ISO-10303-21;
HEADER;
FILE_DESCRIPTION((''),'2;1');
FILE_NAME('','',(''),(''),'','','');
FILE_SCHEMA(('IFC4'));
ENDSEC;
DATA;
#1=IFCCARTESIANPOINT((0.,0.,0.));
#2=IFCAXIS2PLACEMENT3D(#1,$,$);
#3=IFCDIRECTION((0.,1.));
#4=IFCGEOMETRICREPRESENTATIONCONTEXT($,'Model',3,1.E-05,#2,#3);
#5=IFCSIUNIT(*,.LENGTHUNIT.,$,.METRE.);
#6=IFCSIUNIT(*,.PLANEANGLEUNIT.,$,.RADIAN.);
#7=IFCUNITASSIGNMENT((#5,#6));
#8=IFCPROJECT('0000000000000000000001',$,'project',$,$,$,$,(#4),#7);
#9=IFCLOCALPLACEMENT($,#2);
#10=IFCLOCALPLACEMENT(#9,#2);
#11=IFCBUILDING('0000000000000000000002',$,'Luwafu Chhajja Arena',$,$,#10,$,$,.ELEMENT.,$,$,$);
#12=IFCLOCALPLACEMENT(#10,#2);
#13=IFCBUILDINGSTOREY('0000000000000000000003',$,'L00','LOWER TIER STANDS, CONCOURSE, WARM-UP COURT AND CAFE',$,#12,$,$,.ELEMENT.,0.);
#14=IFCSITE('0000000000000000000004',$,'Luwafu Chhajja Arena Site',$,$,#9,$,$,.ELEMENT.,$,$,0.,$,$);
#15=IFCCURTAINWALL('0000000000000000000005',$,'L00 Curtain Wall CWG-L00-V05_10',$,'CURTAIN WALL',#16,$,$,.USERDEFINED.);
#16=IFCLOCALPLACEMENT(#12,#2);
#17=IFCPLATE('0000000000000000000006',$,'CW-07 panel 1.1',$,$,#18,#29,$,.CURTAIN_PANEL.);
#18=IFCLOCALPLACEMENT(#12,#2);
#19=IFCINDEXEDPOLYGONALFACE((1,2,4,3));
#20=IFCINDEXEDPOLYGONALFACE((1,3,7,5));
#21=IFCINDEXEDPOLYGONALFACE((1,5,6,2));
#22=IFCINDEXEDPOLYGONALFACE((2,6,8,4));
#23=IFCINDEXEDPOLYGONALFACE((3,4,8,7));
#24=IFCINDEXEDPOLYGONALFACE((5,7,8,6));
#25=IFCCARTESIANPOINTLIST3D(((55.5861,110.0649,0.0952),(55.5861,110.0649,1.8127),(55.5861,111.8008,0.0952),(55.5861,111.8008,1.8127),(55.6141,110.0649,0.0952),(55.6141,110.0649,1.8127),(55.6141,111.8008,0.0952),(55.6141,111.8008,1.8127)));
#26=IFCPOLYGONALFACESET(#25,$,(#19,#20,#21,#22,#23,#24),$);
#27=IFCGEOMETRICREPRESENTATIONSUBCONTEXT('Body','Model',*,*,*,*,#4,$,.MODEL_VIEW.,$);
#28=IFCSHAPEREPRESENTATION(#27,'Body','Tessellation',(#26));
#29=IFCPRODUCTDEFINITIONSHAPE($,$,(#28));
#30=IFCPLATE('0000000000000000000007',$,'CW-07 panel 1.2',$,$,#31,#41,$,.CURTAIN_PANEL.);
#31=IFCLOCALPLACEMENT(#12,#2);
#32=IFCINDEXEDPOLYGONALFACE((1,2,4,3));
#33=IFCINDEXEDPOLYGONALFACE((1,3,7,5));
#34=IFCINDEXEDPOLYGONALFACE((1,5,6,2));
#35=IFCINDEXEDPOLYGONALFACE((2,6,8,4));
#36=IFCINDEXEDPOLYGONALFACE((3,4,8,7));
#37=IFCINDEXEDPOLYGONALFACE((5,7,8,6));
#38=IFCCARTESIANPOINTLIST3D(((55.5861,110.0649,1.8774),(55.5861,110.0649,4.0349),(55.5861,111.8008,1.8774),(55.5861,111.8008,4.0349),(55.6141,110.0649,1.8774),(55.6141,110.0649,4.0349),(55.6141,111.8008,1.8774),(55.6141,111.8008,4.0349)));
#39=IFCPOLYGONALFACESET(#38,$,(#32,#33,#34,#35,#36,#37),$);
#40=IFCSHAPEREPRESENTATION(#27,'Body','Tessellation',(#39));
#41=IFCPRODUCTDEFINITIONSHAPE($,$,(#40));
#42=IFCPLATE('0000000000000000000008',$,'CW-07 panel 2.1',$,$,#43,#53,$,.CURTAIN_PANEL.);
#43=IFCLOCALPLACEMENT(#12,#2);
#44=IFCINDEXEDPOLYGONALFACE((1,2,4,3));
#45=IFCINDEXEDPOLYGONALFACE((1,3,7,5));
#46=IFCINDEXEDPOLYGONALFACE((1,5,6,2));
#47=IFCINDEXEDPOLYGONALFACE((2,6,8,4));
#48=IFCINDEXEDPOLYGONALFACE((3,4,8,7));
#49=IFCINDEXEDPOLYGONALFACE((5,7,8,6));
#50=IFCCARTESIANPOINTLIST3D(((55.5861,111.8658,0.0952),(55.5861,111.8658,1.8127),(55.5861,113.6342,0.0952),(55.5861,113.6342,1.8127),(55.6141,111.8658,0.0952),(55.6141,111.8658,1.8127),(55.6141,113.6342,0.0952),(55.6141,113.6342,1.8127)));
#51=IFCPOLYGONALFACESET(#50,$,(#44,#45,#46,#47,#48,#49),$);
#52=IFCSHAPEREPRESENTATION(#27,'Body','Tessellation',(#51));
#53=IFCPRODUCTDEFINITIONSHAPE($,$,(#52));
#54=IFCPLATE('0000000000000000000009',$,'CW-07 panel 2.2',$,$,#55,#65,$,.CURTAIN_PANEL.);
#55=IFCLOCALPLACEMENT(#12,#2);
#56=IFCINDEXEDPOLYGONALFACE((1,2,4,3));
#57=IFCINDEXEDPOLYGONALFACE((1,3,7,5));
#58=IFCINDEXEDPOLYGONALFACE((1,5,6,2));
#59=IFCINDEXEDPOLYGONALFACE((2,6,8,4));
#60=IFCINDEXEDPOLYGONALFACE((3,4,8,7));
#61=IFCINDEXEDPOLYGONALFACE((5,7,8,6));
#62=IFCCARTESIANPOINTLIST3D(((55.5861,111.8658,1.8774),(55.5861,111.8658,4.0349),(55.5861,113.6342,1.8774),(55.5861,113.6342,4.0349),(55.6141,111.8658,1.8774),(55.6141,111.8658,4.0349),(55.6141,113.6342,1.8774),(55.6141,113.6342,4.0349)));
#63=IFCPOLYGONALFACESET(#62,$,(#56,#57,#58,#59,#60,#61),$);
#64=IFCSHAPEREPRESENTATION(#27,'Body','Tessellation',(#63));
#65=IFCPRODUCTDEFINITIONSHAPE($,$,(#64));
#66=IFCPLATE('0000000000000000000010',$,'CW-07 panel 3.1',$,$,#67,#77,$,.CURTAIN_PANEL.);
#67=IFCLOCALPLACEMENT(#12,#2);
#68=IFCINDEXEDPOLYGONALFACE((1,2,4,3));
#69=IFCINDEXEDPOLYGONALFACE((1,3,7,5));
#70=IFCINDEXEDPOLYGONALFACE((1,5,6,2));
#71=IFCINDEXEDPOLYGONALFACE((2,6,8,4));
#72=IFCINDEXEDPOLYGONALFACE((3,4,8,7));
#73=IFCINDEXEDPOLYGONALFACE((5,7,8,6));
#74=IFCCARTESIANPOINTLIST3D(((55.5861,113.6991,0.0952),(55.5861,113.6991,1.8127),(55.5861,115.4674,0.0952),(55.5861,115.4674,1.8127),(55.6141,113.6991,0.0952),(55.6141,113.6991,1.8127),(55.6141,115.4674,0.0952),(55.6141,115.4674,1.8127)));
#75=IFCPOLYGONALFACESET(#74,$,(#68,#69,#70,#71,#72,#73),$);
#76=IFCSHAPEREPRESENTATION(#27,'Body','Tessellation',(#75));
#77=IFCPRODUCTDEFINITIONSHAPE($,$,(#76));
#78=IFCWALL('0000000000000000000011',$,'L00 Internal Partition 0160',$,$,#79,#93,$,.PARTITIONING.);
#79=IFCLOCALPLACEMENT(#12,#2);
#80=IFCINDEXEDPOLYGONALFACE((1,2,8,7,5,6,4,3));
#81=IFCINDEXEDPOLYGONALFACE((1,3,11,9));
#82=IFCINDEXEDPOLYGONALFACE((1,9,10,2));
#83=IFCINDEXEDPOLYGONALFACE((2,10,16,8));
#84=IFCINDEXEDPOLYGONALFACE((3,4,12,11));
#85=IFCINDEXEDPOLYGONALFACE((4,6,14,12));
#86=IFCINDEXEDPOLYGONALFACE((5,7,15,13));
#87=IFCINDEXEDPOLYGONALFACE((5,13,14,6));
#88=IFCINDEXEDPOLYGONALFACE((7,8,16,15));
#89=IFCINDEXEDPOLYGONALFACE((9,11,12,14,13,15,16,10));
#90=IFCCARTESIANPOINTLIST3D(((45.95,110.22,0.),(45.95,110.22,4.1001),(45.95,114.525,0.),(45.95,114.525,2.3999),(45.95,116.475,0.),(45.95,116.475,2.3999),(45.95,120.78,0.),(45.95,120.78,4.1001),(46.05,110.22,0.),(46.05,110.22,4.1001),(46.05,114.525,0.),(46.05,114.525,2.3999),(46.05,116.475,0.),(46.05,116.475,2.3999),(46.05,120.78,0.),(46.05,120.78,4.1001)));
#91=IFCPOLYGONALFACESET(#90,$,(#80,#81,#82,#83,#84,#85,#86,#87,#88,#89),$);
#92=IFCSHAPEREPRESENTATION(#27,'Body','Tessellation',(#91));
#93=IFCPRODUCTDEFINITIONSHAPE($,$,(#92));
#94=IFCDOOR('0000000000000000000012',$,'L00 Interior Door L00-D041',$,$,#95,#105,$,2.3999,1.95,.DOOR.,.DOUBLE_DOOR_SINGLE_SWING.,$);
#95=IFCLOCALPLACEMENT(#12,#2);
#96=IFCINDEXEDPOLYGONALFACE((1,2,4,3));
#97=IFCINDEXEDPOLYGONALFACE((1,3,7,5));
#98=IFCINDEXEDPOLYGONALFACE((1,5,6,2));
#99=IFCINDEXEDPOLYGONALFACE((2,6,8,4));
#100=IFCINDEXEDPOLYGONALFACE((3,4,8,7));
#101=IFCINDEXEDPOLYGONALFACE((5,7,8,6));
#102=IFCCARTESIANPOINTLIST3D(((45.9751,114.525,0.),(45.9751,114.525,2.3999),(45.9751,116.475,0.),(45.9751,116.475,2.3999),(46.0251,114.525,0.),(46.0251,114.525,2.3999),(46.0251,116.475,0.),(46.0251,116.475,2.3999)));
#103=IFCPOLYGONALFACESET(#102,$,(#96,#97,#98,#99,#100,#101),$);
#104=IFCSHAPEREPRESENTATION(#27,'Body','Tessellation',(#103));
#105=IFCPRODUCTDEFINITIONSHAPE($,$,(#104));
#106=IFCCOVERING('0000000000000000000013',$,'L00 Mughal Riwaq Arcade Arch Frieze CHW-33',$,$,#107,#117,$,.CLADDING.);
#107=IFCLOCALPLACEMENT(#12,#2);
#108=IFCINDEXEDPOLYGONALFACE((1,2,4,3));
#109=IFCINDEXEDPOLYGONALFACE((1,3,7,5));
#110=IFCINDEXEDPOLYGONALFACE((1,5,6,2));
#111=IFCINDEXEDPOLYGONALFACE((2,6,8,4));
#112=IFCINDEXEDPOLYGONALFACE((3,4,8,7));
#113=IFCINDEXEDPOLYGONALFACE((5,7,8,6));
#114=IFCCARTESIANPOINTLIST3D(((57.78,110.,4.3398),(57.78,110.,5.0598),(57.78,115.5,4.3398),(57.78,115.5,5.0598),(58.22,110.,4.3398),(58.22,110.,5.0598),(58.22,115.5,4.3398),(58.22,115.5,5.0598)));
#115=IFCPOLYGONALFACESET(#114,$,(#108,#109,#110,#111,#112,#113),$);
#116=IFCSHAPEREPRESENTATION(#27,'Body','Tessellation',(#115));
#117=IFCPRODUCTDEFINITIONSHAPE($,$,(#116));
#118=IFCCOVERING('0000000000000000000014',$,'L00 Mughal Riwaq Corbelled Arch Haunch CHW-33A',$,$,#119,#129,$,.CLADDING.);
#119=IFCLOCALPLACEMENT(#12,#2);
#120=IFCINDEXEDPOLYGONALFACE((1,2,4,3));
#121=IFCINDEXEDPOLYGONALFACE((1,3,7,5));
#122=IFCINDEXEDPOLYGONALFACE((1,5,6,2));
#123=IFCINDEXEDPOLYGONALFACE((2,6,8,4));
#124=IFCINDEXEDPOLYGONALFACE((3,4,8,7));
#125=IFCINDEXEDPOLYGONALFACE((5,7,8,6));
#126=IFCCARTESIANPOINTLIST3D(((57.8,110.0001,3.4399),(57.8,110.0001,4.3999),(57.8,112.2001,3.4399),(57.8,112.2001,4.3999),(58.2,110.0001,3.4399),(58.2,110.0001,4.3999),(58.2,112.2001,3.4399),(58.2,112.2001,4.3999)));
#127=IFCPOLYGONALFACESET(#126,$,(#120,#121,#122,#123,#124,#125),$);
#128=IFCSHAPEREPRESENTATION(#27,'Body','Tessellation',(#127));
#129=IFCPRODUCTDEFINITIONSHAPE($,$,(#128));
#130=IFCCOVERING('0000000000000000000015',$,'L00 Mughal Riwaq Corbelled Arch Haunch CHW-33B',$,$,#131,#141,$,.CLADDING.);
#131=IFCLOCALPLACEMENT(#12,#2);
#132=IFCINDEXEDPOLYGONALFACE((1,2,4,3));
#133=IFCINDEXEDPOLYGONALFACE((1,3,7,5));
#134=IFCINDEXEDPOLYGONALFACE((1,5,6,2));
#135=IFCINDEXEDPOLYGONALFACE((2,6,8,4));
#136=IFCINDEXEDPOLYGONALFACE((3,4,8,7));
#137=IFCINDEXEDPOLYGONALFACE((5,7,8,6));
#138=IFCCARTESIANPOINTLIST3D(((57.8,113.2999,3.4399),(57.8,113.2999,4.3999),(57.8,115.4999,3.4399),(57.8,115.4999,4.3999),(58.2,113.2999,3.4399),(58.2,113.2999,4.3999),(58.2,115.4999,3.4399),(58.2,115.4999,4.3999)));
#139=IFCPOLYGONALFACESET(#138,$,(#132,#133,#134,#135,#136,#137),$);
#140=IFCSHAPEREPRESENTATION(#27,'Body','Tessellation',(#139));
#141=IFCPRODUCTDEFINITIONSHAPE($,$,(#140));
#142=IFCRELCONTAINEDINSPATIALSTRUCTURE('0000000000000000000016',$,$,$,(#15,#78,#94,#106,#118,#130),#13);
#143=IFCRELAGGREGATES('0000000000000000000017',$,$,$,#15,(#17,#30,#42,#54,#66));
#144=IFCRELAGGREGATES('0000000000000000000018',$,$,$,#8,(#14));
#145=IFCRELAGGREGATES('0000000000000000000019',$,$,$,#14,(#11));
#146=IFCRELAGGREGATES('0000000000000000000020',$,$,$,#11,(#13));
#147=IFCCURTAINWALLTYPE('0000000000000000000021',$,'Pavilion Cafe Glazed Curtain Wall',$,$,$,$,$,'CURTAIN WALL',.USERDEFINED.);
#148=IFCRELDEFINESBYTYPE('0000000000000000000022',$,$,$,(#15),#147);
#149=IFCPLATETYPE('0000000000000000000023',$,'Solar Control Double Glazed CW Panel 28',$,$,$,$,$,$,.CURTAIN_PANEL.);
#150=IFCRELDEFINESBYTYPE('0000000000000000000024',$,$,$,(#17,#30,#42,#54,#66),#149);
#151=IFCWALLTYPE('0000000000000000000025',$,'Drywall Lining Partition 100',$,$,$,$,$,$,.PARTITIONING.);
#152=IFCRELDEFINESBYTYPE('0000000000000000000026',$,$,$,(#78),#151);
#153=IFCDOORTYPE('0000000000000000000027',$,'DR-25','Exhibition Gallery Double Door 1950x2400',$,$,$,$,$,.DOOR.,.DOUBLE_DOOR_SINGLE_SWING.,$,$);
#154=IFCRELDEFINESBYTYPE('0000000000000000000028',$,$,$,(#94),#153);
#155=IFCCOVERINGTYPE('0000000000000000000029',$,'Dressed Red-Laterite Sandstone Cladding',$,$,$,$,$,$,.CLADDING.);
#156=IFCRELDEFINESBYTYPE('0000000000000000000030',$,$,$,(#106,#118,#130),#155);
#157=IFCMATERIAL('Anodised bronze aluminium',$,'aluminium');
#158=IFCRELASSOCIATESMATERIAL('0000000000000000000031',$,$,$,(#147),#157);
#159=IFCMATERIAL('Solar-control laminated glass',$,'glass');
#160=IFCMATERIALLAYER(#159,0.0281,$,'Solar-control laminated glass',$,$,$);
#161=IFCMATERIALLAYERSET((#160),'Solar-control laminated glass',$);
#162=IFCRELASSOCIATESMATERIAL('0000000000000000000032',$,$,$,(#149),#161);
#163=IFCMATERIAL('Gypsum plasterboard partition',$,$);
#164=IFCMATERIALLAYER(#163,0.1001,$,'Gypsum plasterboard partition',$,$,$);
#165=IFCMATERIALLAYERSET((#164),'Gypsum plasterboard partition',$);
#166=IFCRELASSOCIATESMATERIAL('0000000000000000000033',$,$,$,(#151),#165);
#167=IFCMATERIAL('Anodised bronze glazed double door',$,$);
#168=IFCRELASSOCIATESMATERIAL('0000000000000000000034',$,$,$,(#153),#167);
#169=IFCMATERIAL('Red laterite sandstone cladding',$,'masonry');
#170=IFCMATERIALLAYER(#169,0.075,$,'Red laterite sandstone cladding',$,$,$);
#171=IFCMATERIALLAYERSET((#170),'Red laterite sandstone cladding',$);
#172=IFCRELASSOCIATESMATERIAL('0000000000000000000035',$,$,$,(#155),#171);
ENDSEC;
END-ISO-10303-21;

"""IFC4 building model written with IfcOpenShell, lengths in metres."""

from ifc_helpers import new_model, si_unit, direction, frame, frame_2d, origin, origin_2d, place, context, subcontext, project, spatial, rectangle, extrude, material, layer, layer_set, type_object, element, fill, aggregate, save


model = new_model("IFC4")

# Units and contexts
model_context = context("Model", 3, precision=1e-05, world=origin(), true_north=direction((0.0, 1.0)))
body_context = subcontext(model_context, "Body", "Model", "MODEL_VIEW")
ifc_project = project(units=[si_unit("LENGTHUNIT", "METRE"), si_unit("PLANEANGLEUNIT", "RADIAN")], contexts=[model_context])

# Site, building, storey
site_placement = place(None, origin())
site = spatial("IfcSite", under=ifc_project, at=site_placement, Name="Luwafu Chhajja Arena Site", CompositionType="ELEMENT", RefElevation=0.0)
building_placement = place(site_placement, origin())
building = spatial("IfcBuilding", under=site, at=building_placement, Name="Luwafu Chhajja Arena", CompositionType="ELEMENT")
storey_placement = place(building_placement, origin())
storey = spatial("IfcBuildingStorey", under=building, at=storey_placement, Name="L00", Description="LOWER TIER STANDS, CONCOURSE, WARM-UP COURT AND CAFE", CompositionType="ELEMENT", Elevation=0.0)

# Curtain wall
ifc_material_1 = material(Name="Anodised bronze aluminium", Category="aluminium")
curtain_wall_type = type_object("IfcCurtainWallType", Name="Pavilion Cafe Glazed Curtain Wall", ElementType="CURTAIN WALL", PredefinedType="USERDEFINED", material=ifc_material_1)
curtain_wall_placement = place(storey_placement, origin())
curtain_wall = element("IfcCurtainWall", 1, at=curtain_wall_placement, inside=storey, type_object=curtain_wall_type, Name="L00 Curtain Wall CWG-L00-V05_10", ObjectType="CURTAIN WALL", PredefinedType="USERDEFINED")

# Plates
ifc_material_2 = material(Name="Solar-control laminated glass", Category="glass")
ifc_layer_1 = layer(ifc_material_2, 0.0281, Name="Solar-control laminated glass")
ifc_layer_set_1 = layer_set([ifc_layer_1], Name="Solar-control laminated glass")
plate_type = type_object("IfcPlateType", Name="Solar Control Double Glazed CW Panel 28", PredefinedType="CURTAIN_PANEL", material=ifc_layer_set_1)
plate_1_placement = place(storey_placement, frame((55.6001, 110.9329, 0.0952), z_axis=(0.0, 0.0, 1.0), x_axis=(0.0, 1.0, 0.0)))
plate_1 = element("IfcPlate", 2, at=plate_1_placement, type_object=plate_type, Name="CW-07 panel 1.1", PredefinedType="CURTAIN_PANEL", context=body_context, shape_type="SweptSolid", body=[
    extrude(rectangle(XDim=1.7358, YDim=0.0281, at=origin_2d()), origin(), (0.0, 0.0, 1.0), 1.7175),
])
plate_2_placement = place(storey_placement, frame((55.6001, 110.9329, 1.8774), z_axis=(0.0, 0.0, 1.0), x_axis=(0.0, 1.0, 0.0)))
plate_2 = element("IfcPlate", 3, at=plate_2_placement, type_object=plate_type, Name="CW-07 panel 1.2", PredefinedType="CURTAIN_PANEL", context=body_context, shape_type="SweptSolid", body=[
    extrude(rectangle(XDim=1.7358, YDim=0.0281, at=origin_2d()), origin(), (0.0, 0.0, 1.0), 2.1575),
])
plate_3_placement = place(storey_placement, frame((55.6001, 112.75, 0.0952), z_axis=(0.0, 0.0, 1.0), x_axis=(0.0, 1.0, 0.0)))
plate_3 = element("IfcPlate", 4, at=plate_3_placement, type_object=plate_type, Name="CW-07 panel 2.1", PredefinedType="CURTAIN_PANEL", context=body_context, shape_type="SweptSolid", body=[
    extrude(rectangle(XDim=1.7683, YDim=0.0281, at=origin_2d()), origin(), (0.0, 0.0, 1.0), 1.7175),
])
plate_4_placement = place(storey_placement, frame((55.6001, 112.75, 1.8774), z_axis=(0.0, 0.0, 1.0), x_axis=(0.0, 1.0, 0.0)))
plate_4 = element("IfcPlate", 5, at=plate_4_placement, type_object=plate_type, Name="CW-07 panel 2.2", PredefinedType="CURTAIN_PANEL", context=body_context, shape_type="SweptSolid", body=[
    extrude(rectangle(XDim=1.7683, YDim=0.0281, at=origin_2d()), origin(), (0.0, 0.0, 1.0), 2.1575),
])
plate_5_placement = place(storey_placement, frame((55.6001, 114.5833, 0.0952), z_axis=(0.0, 0.0, 1.0), x_axis=(0.0, 1.0, 0.0)))
plate_5 = element("IfcPlate", 6, at=plate_5_placement, type_object=plate_type, Name="CW-07 panel 3.1", PredefinedType="CURTAIN_PANEL", context=body_context, shape_type="SweptSolid", body=[
    extrude(rectangle(XDim=1.7683, YDim=0.0281, at=origin_2d()), origin(), (0.0, 0.0, 1.0), 1.7175),
])
aggregate(curtain_wall, [plate_1, plate_2, plate_3, plate_4, plate_5])

# Wall, opening, door
ifc_material_3 = material(Name="Gypsum plasterboard partition")
ifc_layer_2 = layer(ifc_material_3, 0.1001, Name="Gypsum plasterboard partition")
ifc_layer_set_2 = layer_set([ifc_layer_2], Name="Gypsum plasterboard partition")
wall_type = type_object("IfcWallType", Name="Drywall Lining Partition 100", PredefinedType="PARTITIONING", material=ifc_layer_set_2)
wall_placement = place(storey_placement, frame((46.0, 110.22, 0.0), z_axis=(0.0, 0.0, 1.0), x_axis=(0.0, 1.0, 0.0)))
wall = element("IfcWall", 7, at=wall_placement, inside=storey, type_object=wall_type, Name="L00 Internal Partition 0160", PredefinedType="PARTITIONING", context=body_context, shape_type="SweptSolid", body=[
    extrude(rectangle(XDim=10.5601, YDim=0.1001, at=frame_2d((5.28, 0.0))), origin(), (0.0, 0.0, 1.0), 4.1001),
])
opening_placement = place(wall_placement, frame((4.3049, 0.0, 0.0)))
opening = element("IfcOpeningElement", 8, at=opening_placement, cuts=wall, PredefinedType="OPENING", context=body_context, shape_type="SweptSolid", body=[
    extrude(rectangle(XDim=1.95, YDim=2.3999, at=frame_2d((0.9751, 1.2))), frame((0.0, 0.0601, 0.0), z_axis=(0.0, -1.0, 0.0), x_axis=(1.0, 0.0, 0.0)), (0.0, 0.0, 1.0), 0.1201),
])
ifc_material_4 = material(Name="Anodised bronze glazed double door")
door_type = type_object("IfcDoorType", Name="DR-25", Description="Exhibition Gallery Double Door 1950x2400", OperationType="DOUBLE_DOOR_SINGLE_SWING", PredefinedType="DOOR", material=ifc_material_4)
door_placement = place(opening_placement, origin())
door = element("IfcDoor", 9, at=door_placement, inside=storey, type_object=door_type, Name="L00 Interior Door L00-D041", OperationType="DOUBLE_DOOR_SINGLE_SWING", OverallHeight=2.3999, OverallWidth=1.95, PredefinedType="DOOR", context=body_context, shape_type="SweptSolid", body=[
    extrude(rectangle(XDim=1.95, YDim=2.3999, at=frame_2d((0.9751, 1.2))), frame((0.0, 0.0249, 0.0), z_axis=(0.0, -1.0, 0.0), x_axis=(1.0, 0.0, 0.0)), (0.0, 0.0, 1.0), 0.05),
])
fill(opening, door)

# Coverings
ifc_material_5 = material(Name="Red laterite sandstone cladding", Category="masonry")
ifc_layer_3 = layer(ifc_material_5, 0.075, Name="Red laterite sandstone cladding")
ifc_layer_set_3 = layer_set([ifc_layer_3], Name="Red laterite sandstone cladding")
covering_type = type_object("IfcCoveringType", Name="Dressed Red-Laterite Sandstone Cladding", PredefinedType="CLADDING", material=ifc_layer_set_3)
covering_placement = place(storey_placement, frame((58.0, 112.75, 4.3398), z_axis=(0.0, 0.0, 1.0), x_axis=(0.0, 1.0, 0.0)))
element("IfcCovering", 10, at=covering_placement, inside=storey, type_object=covering_type, Name="L00 Mughal Riwaq Arcade Arch Frieze CHW-33", PredefinedType="CLADDING", context=body_context, shape_type="SweptSolid", body=[
    extrude(rectangle(XDim=5.5, YDim=0.4399, at=origin_2d()), origin(), (0.0, 0.0, 1.0), 0.72),
])
for number, where, z_axis, x_axis, name in (
    (11, (58.0, 111.1001, 3.4399), (0.0, 0.0, 1.0), (0.0, 1.0, 0.0), "L00 Mughal Riwaq Corbelled Arch Haunch CHW-33A"),
    (12, (58.0, 114.3999, 3.4399), (0.0, 0.0, 1.0), (0.0, 1.0, 0.0), "L00 Mughal Riwaq Corbelled Arch Haunch CHW-33B"),
):
    element("IfcCovering", number, at=place(storey_placement, frame(where, z_axis=z_axis, x_axis=x_axis)), inside=storey, type_object=covering_type, Name=name, PredefinedType="CLADDING", context=body_context, shape_type="SweptSolid", body=[
        extrude(rectangle(XDim=2.2, YDim=0.3999, at=origin_2d()), origin(), (0.0, 0.0, 1.0), 0.96),
    ])

save(model, "model.ifc")
